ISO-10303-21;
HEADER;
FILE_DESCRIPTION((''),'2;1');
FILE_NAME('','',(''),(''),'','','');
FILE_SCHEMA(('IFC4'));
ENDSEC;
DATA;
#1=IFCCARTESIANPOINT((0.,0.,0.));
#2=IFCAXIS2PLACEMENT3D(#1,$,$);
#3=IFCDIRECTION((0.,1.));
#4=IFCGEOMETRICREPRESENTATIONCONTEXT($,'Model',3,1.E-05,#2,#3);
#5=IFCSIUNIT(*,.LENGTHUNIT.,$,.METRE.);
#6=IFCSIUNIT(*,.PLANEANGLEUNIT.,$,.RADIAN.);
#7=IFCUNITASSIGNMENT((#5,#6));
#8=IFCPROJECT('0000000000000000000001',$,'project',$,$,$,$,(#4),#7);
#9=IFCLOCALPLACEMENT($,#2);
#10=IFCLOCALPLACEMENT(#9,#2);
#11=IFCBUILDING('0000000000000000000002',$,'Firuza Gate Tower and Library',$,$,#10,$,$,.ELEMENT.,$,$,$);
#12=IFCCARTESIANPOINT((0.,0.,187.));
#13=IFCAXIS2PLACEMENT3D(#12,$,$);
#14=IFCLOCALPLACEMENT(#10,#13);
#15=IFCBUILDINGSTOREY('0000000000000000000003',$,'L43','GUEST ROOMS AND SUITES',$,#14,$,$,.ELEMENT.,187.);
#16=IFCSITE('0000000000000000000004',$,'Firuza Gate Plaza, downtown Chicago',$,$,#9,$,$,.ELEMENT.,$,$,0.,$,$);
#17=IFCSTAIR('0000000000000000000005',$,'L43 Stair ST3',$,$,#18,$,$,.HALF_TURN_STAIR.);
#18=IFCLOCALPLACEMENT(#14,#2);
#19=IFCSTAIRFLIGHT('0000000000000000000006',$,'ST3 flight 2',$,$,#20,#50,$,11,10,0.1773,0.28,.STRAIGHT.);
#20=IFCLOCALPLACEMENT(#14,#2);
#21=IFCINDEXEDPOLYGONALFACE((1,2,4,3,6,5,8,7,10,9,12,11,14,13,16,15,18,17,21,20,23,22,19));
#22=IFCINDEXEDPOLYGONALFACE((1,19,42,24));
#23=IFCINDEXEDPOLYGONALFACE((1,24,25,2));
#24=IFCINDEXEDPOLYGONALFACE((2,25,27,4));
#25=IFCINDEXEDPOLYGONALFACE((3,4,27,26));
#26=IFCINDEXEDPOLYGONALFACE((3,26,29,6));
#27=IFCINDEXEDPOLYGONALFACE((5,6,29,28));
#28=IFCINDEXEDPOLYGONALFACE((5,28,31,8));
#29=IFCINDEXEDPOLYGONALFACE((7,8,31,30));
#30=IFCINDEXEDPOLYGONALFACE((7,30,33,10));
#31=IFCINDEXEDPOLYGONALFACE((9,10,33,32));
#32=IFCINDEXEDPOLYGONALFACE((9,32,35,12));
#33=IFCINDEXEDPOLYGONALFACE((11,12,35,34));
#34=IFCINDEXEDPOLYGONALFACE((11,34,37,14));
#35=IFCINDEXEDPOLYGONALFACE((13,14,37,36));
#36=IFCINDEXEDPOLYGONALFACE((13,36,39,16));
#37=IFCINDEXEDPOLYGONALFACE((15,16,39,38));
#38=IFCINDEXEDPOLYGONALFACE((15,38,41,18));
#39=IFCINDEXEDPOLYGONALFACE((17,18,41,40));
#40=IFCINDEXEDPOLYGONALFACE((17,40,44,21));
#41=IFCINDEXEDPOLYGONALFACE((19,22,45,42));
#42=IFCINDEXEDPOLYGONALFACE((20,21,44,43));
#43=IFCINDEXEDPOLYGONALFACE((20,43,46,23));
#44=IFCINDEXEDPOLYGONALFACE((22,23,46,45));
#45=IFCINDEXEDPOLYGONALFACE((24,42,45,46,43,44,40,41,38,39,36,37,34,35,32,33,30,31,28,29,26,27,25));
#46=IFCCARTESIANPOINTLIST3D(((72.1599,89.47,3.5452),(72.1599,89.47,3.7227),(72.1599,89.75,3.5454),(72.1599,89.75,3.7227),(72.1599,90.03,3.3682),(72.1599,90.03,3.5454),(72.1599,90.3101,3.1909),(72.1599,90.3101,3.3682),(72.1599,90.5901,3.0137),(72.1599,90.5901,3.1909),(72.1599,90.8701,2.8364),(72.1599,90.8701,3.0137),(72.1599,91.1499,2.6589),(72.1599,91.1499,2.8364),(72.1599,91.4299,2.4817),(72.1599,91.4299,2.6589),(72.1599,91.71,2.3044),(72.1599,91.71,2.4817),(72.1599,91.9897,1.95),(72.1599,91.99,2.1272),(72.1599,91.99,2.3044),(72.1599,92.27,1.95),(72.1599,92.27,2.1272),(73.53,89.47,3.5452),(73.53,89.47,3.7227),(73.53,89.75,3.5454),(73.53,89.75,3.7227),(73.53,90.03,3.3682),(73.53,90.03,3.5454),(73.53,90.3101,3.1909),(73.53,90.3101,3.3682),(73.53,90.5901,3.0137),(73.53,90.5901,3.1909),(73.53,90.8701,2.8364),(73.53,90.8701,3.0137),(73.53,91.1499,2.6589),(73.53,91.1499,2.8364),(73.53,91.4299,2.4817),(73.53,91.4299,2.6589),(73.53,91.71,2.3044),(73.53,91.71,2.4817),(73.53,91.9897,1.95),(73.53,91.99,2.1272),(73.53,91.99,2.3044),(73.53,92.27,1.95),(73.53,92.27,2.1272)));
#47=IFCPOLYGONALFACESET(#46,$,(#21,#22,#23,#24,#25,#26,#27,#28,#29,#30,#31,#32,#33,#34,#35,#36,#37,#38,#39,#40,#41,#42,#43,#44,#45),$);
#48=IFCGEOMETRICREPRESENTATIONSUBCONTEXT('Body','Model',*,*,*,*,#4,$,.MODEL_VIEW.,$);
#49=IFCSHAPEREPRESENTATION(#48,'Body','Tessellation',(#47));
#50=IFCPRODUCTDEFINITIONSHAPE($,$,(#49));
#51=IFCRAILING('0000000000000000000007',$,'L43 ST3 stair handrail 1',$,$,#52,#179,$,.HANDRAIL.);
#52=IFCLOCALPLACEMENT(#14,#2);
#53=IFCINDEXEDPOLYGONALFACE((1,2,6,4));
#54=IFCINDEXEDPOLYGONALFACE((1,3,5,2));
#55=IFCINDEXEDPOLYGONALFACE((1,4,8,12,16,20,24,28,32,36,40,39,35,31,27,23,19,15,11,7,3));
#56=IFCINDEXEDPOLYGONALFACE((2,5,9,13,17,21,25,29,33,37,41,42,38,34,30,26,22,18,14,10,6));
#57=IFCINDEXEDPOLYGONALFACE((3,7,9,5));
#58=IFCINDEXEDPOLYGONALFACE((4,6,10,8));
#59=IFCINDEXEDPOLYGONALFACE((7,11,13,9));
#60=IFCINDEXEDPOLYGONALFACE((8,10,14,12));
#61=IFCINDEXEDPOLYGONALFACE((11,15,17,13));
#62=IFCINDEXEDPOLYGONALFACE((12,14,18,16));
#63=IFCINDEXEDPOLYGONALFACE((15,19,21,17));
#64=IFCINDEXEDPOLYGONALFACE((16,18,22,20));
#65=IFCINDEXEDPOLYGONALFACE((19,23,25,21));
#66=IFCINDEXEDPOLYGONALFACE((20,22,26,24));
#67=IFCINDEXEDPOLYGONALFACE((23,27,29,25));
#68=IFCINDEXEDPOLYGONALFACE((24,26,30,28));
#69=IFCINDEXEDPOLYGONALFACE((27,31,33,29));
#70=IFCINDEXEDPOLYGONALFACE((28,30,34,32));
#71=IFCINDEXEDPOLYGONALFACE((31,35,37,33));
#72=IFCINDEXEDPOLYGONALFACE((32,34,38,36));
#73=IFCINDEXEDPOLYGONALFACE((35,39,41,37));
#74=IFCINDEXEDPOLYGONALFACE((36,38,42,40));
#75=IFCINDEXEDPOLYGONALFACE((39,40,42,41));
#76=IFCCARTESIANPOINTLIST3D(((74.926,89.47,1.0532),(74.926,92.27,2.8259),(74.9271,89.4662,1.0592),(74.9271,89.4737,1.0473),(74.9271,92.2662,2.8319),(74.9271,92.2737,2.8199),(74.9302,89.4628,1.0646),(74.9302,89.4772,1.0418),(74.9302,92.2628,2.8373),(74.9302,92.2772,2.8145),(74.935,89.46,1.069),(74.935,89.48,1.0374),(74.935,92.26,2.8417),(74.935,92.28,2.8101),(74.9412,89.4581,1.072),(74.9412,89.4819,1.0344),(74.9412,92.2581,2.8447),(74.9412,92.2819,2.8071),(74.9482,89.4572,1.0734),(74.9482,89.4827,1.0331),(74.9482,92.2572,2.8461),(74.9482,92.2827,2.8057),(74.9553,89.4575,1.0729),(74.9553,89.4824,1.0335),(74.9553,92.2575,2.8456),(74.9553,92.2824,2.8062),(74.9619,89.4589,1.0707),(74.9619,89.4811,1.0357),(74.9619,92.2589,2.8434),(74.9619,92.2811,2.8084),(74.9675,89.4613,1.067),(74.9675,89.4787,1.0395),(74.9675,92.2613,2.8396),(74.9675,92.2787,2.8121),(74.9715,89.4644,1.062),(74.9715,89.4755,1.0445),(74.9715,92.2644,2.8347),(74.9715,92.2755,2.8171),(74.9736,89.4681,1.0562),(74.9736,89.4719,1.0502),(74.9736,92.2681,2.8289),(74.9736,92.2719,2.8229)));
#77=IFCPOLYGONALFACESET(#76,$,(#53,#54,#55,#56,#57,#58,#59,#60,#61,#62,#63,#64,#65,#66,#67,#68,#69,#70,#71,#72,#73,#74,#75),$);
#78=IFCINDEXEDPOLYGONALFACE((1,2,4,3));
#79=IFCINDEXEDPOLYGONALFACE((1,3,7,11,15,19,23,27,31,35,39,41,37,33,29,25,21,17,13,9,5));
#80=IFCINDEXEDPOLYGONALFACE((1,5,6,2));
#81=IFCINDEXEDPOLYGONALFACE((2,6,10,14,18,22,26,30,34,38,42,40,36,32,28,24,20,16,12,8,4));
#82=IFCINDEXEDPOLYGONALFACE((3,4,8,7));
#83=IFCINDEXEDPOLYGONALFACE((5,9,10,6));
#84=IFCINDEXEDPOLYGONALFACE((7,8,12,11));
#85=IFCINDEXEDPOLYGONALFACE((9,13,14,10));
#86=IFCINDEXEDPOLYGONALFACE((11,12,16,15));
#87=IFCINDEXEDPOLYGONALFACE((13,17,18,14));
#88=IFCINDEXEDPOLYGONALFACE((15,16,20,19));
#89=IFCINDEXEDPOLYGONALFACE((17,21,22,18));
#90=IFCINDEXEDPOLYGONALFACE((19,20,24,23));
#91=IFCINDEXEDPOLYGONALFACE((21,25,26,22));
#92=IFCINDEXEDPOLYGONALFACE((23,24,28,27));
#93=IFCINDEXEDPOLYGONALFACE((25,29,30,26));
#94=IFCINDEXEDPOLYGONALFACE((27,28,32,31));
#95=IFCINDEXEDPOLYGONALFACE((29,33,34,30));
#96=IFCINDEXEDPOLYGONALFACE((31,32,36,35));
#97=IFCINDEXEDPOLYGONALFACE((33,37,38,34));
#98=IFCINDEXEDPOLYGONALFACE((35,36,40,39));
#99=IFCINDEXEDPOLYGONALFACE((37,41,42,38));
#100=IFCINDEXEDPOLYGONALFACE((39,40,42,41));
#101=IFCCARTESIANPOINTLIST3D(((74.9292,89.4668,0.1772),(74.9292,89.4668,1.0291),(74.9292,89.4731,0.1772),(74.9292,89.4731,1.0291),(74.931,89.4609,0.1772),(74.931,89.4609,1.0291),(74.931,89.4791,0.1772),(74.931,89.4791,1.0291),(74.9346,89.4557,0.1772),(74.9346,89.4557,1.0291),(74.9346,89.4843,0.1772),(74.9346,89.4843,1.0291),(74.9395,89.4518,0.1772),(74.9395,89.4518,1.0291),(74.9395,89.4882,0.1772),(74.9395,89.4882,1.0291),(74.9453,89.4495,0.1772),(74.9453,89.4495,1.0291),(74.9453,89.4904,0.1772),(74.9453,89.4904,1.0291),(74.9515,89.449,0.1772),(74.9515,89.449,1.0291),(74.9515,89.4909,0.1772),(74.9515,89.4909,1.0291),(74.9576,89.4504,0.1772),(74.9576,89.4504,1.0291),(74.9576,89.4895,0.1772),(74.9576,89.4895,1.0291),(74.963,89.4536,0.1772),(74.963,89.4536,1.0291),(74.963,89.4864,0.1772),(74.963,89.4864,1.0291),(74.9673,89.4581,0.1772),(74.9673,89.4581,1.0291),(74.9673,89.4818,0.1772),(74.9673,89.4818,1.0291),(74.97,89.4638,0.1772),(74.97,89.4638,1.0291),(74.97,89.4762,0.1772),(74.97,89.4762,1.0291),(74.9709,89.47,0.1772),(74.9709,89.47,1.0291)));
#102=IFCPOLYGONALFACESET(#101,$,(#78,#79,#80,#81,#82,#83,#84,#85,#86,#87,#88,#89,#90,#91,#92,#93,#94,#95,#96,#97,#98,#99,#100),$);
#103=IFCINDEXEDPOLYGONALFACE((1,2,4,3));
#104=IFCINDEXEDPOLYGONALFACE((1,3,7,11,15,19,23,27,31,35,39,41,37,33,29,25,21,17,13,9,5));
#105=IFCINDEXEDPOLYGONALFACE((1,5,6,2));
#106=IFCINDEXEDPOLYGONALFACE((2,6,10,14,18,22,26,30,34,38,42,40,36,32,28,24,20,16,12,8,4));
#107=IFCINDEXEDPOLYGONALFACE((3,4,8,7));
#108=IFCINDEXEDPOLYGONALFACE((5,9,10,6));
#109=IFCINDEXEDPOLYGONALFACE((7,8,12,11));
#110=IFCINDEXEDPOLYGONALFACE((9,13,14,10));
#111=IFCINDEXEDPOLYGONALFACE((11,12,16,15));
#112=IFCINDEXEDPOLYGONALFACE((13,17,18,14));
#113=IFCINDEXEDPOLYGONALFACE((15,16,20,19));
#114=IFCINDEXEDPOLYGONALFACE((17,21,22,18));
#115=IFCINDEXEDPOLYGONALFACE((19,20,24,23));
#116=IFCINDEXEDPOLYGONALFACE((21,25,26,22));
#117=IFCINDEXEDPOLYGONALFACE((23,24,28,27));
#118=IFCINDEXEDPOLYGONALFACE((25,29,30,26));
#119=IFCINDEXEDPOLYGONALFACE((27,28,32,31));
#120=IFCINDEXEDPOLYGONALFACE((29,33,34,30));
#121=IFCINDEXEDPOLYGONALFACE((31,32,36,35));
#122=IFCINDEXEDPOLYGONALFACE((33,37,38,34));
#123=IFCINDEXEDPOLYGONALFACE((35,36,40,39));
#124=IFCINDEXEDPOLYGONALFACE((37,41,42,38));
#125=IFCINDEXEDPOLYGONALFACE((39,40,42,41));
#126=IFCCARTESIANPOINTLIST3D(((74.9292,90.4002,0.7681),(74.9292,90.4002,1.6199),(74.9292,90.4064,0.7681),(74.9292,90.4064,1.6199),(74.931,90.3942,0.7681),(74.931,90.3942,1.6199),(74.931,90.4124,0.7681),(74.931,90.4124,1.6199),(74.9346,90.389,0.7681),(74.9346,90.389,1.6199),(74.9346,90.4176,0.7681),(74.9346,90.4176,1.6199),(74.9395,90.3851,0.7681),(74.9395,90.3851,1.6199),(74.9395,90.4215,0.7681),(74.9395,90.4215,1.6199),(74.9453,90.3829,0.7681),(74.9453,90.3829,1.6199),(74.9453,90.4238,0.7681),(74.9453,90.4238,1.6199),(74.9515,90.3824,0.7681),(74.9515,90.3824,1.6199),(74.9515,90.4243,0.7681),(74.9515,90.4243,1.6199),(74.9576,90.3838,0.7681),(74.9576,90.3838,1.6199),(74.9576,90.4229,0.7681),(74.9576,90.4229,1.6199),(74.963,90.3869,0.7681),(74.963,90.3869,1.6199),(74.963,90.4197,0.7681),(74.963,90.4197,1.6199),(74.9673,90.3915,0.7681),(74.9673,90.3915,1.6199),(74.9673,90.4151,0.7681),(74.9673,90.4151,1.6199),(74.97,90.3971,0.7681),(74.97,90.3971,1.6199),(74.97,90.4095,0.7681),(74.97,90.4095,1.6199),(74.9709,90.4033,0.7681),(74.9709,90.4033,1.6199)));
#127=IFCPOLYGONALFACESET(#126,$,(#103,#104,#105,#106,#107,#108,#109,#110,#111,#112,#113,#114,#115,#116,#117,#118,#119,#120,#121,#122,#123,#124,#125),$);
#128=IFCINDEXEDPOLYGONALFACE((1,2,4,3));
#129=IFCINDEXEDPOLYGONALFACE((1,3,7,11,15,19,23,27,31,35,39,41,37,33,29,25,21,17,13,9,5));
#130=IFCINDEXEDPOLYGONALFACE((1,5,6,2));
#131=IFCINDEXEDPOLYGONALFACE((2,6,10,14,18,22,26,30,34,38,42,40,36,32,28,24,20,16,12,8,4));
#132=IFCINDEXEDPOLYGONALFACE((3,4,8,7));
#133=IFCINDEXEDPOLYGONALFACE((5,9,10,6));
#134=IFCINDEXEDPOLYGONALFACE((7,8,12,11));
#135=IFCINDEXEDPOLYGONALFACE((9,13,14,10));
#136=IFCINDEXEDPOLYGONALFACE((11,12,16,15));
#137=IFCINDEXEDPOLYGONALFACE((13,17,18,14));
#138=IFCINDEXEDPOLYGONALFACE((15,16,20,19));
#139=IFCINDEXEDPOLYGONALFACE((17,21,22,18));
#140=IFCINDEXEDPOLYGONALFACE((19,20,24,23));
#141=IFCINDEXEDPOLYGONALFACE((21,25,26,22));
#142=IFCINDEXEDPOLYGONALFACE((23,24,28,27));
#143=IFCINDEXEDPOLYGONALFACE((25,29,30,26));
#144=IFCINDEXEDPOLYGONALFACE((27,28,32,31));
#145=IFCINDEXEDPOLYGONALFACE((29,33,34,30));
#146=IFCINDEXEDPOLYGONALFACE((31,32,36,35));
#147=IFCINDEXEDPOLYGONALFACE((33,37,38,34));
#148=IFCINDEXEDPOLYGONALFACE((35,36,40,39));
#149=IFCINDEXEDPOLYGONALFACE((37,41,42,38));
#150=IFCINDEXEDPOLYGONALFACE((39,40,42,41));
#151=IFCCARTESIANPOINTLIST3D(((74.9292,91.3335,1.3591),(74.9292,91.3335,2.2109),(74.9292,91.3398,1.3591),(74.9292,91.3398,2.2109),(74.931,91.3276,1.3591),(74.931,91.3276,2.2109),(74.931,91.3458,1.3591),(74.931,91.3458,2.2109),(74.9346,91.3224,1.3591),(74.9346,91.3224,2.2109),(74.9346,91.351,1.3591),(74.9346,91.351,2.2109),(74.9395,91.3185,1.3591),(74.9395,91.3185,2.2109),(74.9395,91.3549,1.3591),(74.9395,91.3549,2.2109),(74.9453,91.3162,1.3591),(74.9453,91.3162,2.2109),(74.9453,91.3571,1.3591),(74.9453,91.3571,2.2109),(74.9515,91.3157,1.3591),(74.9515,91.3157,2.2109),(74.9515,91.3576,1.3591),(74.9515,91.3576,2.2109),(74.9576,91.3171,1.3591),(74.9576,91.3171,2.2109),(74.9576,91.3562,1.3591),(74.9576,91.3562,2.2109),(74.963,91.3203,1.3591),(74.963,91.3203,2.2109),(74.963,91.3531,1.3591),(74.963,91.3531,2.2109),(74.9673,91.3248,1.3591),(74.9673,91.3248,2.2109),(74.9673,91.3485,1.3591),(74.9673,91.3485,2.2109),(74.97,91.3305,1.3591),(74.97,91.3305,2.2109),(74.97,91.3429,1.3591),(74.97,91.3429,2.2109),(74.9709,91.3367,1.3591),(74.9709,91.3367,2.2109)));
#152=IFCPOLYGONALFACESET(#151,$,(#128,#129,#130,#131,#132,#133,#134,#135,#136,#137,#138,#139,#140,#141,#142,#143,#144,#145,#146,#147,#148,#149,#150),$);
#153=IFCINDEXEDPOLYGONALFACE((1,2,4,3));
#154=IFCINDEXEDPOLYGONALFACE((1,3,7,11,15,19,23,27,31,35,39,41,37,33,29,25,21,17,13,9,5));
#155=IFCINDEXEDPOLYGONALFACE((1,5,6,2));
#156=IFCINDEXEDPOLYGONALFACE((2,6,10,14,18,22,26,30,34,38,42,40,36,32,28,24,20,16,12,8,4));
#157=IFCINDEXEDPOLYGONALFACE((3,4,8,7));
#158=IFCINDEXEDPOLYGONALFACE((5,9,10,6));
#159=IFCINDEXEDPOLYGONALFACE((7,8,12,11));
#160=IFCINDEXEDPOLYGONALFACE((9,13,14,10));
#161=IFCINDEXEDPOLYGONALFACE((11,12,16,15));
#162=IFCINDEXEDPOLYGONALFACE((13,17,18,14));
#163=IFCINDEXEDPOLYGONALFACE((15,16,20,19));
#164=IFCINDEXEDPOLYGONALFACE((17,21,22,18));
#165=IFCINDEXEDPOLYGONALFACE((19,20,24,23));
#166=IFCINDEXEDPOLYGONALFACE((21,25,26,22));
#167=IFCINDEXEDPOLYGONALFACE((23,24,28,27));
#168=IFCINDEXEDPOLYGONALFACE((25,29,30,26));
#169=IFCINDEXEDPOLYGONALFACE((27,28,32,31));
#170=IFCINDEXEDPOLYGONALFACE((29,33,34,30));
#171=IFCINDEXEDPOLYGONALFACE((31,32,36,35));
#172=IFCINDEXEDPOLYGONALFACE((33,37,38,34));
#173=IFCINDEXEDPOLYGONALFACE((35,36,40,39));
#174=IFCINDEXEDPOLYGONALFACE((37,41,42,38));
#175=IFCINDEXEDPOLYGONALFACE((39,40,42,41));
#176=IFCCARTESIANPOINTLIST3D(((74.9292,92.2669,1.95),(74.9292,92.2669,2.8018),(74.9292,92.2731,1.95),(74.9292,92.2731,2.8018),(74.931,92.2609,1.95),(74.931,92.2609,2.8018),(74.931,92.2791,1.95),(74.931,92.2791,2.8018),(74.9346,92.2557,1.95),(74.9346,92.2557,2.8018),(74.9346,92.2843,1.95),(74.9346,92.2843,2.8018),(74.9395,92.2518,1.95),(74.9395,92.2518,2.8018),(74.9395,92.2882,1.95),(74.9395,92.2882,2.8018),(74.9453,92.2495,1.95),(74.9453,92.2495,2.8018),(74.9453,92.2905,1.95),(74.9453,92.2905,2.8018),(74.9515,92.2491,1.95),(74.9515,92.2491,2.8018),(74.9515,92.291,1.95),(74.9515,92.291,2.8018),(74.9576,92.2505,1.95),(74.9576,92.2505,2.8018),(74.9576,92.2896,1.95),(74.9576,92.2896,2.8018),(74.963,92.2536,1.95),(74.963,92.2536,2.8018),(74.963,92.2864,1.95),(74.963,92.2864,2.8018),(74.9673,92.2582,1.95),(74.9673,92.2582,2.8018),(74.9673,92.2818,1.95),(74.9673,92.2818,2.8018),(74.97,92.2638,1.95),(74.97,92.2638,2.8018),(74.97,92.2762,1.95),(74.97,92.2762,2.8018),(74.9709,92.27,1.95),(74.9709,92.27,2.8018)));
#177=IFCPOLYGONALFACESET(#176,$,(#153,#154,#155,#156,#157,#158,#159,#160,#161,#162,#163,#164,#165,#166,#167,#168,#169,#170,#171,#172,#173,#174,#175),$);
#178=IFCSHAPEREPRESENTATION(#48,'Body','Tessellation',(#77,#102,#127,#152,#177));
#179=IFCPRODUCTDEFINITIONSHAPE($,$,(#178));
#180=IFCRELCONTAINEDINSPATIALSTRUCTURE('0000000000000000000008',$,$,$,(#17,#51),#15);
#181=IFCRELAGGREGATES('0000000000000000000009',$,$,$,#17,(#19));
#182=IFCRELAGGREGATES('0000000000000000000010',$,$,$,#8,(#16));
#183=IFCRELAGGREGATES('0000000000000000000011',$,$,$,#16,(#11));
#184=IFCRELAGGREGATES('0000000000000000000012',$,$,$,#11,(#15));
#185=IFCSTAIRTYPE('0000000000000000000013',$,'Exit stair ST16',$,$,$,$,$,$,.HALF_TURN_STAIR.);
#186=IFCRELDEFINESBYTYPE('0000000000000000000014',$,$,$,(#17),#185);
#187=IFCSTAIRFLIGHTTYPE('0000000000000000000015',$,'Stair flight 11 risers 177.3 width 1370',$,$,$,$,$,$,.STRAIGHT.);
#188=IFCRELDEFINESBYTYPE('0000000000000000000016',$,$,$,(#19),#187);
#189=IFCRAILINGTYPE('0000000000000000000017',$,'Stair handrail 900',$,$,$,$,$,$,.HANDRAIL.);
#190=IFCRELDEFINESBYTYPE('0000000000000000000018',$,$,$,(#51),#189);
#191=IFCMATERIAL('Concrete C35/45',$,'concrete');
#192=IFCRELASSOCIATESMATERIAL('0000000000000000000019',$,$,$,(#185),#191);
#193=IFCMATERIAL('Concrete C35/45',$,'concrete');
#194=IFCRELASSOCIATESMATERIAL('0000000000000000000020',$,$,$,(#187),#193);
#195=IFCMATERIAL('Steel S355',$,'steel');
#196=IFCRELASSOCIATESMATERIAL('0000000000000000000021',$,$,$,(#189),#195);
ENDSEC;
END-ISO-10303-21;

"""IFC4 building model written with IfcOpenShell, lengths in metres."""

from ifc_helpers import new_model, si_unit, direction, frame, origin, origin_2d, place, context, subcontext, project, spatial, polyline, circle, outline, extrude, material, type_object, element, aggregate, save


model = new_model("IFC4")

# Units and contexts
model_context = context("Model", 3, precision=1e-05, world=origin(), true_north=direction((0.0, 1.0)))
body_context = subcontext(model_context, "Body", "Model", "MODEL_VIEW")
ifc_project = project(units=[si_unit("LENGTHUNIT", "METRE"), si_unit("PLANEANGLEUNIT", "RADIAN")], contexts=[model_context])

# Site, building, storey
site_placement = place(None, origin())
site = spatial("IfcSite", under=ifc_project, at=site_placement, Name="Firuza Gate Plaza, downtown Chicago", CompositionType="ELEMENT", RefElevation=0.0)
building_placement = place(site_placement, origin())
building = spatial("IfcBuilding", under=site, at=building_placement, Name="Firuza Gate Tower and Library", CompositionType="ELEMENT")
storey_placement = place(building_placement, frame((0.0, 0.0, 187.0)))
storey = spatial("IfcBuildingStorey", under=building, at=storey_placement, Name="L43", Description="GUEST ROOMS AND SUITES", CompositionType="ELEMENT", Elevation=187.0)

# Stair, stair flight
ifc_material_1 = material(Name="Concrete C35/45", Category="concrete")
stair_type = type_object("IfcStairType", Name="Exit stair ST16", PredefinedType="HALF_TURN_STAIR", material=ifc_material_1)
stair_placement = place(storey_placement, origin())
stair = element("IfcStair", 1, at=stair_placement, inside=storey, type_object=stair_type, Name="L43 Stair ST3", PredefinedType="HALF_TURN_STAIR")
ifc_material_2 = material(Name="Concrete C35/45", Category="concrete")
stair_flight_type = type_object("IfcStairFlightType", Name="Stair flight 11 risers 177.3 width 1370", PredefinedType="STRAIGHT", material=ifc_material_2)
stair_flight_1_placement = place(storey_placement, frame((72.845, 92.27, 1.95), z_axis=(0.0, 0.0, 1.0), x_axis=(0.0, -1.0, 0.0)))
stair_flight_1 = element("IfcStairFlight", 2, at=stair_flight_1_placement, type_object=stair_flight_type, Name="ST3 flight 2", NumberOfRisers=11, NumberOfTreads=10, PredefinedType="STRAIGHT", RiserHeight=0.1773, TreadLength=0.28, context=body_context, shape_type="SweptSolid", body=[
    extrude(outline(polyline([(0.0, 0.0), (0.0, 0.1772), (0.28, 0.1772), (0.28, 0.3545), (0.5601, 0.3545), (0.5601, 0.5317), (0.8401, 0.5317), (0.8401, 0.709), (1.1201, 0.709), (1.1201, 0.8865), (1.3999, 0.8865), (1.3999, 1.0637), (1.6799, 1.0637), (1.6799, 1.241), (1.96, 1.241), (1.96, 1.4182), (2.24, 1.4182), (2.24, 1.5955), (2.52, 1.5955), (2.52, 1.7727), (2.8, 1.7727), (2.8, 1.95), (2.8, 1.5952), (0.2803, 0.0), (0.0, 0.0)])), frame((0.0, 0.6851, 0.0), z_axis=(0.0, -1.0, 0.0), x_axis=(1.0, 0.0, 0.0)), (0.0, 0.0, 1.0), 1.3701),
])
aggregate(stair, [stair_flight_1])

# Railing
ifc_material_3 = material(Name="Steel S355", Category="steel")
railing_type_1 = type_object("IfcRailingType", Name="Stair handrail 900", PredefinedType="HANDRAIL", material=ifc_material_3)
railing_1_placement = place(storey_placement, frame((74.95, 89.47, 0.1772)))
element("IfcRailing", 3, at=railing_1_placement, inside=storey, type_object=railing_type_1, Name="L43 ST3 stair handrail 1", PredefinedType="HANDRAIL", context=body_context, shape_type="SweptSolid", body=[
    extrude(circle(Radius=0.0239, at=origin_2d()), frame((0.0, 0.0, 0.876), z_axis=(0.0, 0.844909, 0.53491), x_axis=(-1.0, 0.0, 0.0)), (0.0, 0.0, 1.0), 3.314),
    extrude(circle(Radius=0.021, at=origin_2d()), origin(), (0.0, 0.0, 1.0), 0.8518),
    extrude(circle(Radius=0.021, at=origin_2d()), frame((0.0, 0.9333, 0.5908)), (0.0, 0.0, 1.0), 0.8518),
    extrude(circle(Radius=0.021, at=origin_2d()), frame((0.0, 1.8667, 1.1819)), (0.0, 0.0, 1.0), 0.8518),
    extrude(circle(Radius=0.021, at=origin_2d()), frame((0.0, 2.8, 1.7727)), (0.0, 0.0, 1.0), 0.8518),
])

save(model, "model.ifc")
